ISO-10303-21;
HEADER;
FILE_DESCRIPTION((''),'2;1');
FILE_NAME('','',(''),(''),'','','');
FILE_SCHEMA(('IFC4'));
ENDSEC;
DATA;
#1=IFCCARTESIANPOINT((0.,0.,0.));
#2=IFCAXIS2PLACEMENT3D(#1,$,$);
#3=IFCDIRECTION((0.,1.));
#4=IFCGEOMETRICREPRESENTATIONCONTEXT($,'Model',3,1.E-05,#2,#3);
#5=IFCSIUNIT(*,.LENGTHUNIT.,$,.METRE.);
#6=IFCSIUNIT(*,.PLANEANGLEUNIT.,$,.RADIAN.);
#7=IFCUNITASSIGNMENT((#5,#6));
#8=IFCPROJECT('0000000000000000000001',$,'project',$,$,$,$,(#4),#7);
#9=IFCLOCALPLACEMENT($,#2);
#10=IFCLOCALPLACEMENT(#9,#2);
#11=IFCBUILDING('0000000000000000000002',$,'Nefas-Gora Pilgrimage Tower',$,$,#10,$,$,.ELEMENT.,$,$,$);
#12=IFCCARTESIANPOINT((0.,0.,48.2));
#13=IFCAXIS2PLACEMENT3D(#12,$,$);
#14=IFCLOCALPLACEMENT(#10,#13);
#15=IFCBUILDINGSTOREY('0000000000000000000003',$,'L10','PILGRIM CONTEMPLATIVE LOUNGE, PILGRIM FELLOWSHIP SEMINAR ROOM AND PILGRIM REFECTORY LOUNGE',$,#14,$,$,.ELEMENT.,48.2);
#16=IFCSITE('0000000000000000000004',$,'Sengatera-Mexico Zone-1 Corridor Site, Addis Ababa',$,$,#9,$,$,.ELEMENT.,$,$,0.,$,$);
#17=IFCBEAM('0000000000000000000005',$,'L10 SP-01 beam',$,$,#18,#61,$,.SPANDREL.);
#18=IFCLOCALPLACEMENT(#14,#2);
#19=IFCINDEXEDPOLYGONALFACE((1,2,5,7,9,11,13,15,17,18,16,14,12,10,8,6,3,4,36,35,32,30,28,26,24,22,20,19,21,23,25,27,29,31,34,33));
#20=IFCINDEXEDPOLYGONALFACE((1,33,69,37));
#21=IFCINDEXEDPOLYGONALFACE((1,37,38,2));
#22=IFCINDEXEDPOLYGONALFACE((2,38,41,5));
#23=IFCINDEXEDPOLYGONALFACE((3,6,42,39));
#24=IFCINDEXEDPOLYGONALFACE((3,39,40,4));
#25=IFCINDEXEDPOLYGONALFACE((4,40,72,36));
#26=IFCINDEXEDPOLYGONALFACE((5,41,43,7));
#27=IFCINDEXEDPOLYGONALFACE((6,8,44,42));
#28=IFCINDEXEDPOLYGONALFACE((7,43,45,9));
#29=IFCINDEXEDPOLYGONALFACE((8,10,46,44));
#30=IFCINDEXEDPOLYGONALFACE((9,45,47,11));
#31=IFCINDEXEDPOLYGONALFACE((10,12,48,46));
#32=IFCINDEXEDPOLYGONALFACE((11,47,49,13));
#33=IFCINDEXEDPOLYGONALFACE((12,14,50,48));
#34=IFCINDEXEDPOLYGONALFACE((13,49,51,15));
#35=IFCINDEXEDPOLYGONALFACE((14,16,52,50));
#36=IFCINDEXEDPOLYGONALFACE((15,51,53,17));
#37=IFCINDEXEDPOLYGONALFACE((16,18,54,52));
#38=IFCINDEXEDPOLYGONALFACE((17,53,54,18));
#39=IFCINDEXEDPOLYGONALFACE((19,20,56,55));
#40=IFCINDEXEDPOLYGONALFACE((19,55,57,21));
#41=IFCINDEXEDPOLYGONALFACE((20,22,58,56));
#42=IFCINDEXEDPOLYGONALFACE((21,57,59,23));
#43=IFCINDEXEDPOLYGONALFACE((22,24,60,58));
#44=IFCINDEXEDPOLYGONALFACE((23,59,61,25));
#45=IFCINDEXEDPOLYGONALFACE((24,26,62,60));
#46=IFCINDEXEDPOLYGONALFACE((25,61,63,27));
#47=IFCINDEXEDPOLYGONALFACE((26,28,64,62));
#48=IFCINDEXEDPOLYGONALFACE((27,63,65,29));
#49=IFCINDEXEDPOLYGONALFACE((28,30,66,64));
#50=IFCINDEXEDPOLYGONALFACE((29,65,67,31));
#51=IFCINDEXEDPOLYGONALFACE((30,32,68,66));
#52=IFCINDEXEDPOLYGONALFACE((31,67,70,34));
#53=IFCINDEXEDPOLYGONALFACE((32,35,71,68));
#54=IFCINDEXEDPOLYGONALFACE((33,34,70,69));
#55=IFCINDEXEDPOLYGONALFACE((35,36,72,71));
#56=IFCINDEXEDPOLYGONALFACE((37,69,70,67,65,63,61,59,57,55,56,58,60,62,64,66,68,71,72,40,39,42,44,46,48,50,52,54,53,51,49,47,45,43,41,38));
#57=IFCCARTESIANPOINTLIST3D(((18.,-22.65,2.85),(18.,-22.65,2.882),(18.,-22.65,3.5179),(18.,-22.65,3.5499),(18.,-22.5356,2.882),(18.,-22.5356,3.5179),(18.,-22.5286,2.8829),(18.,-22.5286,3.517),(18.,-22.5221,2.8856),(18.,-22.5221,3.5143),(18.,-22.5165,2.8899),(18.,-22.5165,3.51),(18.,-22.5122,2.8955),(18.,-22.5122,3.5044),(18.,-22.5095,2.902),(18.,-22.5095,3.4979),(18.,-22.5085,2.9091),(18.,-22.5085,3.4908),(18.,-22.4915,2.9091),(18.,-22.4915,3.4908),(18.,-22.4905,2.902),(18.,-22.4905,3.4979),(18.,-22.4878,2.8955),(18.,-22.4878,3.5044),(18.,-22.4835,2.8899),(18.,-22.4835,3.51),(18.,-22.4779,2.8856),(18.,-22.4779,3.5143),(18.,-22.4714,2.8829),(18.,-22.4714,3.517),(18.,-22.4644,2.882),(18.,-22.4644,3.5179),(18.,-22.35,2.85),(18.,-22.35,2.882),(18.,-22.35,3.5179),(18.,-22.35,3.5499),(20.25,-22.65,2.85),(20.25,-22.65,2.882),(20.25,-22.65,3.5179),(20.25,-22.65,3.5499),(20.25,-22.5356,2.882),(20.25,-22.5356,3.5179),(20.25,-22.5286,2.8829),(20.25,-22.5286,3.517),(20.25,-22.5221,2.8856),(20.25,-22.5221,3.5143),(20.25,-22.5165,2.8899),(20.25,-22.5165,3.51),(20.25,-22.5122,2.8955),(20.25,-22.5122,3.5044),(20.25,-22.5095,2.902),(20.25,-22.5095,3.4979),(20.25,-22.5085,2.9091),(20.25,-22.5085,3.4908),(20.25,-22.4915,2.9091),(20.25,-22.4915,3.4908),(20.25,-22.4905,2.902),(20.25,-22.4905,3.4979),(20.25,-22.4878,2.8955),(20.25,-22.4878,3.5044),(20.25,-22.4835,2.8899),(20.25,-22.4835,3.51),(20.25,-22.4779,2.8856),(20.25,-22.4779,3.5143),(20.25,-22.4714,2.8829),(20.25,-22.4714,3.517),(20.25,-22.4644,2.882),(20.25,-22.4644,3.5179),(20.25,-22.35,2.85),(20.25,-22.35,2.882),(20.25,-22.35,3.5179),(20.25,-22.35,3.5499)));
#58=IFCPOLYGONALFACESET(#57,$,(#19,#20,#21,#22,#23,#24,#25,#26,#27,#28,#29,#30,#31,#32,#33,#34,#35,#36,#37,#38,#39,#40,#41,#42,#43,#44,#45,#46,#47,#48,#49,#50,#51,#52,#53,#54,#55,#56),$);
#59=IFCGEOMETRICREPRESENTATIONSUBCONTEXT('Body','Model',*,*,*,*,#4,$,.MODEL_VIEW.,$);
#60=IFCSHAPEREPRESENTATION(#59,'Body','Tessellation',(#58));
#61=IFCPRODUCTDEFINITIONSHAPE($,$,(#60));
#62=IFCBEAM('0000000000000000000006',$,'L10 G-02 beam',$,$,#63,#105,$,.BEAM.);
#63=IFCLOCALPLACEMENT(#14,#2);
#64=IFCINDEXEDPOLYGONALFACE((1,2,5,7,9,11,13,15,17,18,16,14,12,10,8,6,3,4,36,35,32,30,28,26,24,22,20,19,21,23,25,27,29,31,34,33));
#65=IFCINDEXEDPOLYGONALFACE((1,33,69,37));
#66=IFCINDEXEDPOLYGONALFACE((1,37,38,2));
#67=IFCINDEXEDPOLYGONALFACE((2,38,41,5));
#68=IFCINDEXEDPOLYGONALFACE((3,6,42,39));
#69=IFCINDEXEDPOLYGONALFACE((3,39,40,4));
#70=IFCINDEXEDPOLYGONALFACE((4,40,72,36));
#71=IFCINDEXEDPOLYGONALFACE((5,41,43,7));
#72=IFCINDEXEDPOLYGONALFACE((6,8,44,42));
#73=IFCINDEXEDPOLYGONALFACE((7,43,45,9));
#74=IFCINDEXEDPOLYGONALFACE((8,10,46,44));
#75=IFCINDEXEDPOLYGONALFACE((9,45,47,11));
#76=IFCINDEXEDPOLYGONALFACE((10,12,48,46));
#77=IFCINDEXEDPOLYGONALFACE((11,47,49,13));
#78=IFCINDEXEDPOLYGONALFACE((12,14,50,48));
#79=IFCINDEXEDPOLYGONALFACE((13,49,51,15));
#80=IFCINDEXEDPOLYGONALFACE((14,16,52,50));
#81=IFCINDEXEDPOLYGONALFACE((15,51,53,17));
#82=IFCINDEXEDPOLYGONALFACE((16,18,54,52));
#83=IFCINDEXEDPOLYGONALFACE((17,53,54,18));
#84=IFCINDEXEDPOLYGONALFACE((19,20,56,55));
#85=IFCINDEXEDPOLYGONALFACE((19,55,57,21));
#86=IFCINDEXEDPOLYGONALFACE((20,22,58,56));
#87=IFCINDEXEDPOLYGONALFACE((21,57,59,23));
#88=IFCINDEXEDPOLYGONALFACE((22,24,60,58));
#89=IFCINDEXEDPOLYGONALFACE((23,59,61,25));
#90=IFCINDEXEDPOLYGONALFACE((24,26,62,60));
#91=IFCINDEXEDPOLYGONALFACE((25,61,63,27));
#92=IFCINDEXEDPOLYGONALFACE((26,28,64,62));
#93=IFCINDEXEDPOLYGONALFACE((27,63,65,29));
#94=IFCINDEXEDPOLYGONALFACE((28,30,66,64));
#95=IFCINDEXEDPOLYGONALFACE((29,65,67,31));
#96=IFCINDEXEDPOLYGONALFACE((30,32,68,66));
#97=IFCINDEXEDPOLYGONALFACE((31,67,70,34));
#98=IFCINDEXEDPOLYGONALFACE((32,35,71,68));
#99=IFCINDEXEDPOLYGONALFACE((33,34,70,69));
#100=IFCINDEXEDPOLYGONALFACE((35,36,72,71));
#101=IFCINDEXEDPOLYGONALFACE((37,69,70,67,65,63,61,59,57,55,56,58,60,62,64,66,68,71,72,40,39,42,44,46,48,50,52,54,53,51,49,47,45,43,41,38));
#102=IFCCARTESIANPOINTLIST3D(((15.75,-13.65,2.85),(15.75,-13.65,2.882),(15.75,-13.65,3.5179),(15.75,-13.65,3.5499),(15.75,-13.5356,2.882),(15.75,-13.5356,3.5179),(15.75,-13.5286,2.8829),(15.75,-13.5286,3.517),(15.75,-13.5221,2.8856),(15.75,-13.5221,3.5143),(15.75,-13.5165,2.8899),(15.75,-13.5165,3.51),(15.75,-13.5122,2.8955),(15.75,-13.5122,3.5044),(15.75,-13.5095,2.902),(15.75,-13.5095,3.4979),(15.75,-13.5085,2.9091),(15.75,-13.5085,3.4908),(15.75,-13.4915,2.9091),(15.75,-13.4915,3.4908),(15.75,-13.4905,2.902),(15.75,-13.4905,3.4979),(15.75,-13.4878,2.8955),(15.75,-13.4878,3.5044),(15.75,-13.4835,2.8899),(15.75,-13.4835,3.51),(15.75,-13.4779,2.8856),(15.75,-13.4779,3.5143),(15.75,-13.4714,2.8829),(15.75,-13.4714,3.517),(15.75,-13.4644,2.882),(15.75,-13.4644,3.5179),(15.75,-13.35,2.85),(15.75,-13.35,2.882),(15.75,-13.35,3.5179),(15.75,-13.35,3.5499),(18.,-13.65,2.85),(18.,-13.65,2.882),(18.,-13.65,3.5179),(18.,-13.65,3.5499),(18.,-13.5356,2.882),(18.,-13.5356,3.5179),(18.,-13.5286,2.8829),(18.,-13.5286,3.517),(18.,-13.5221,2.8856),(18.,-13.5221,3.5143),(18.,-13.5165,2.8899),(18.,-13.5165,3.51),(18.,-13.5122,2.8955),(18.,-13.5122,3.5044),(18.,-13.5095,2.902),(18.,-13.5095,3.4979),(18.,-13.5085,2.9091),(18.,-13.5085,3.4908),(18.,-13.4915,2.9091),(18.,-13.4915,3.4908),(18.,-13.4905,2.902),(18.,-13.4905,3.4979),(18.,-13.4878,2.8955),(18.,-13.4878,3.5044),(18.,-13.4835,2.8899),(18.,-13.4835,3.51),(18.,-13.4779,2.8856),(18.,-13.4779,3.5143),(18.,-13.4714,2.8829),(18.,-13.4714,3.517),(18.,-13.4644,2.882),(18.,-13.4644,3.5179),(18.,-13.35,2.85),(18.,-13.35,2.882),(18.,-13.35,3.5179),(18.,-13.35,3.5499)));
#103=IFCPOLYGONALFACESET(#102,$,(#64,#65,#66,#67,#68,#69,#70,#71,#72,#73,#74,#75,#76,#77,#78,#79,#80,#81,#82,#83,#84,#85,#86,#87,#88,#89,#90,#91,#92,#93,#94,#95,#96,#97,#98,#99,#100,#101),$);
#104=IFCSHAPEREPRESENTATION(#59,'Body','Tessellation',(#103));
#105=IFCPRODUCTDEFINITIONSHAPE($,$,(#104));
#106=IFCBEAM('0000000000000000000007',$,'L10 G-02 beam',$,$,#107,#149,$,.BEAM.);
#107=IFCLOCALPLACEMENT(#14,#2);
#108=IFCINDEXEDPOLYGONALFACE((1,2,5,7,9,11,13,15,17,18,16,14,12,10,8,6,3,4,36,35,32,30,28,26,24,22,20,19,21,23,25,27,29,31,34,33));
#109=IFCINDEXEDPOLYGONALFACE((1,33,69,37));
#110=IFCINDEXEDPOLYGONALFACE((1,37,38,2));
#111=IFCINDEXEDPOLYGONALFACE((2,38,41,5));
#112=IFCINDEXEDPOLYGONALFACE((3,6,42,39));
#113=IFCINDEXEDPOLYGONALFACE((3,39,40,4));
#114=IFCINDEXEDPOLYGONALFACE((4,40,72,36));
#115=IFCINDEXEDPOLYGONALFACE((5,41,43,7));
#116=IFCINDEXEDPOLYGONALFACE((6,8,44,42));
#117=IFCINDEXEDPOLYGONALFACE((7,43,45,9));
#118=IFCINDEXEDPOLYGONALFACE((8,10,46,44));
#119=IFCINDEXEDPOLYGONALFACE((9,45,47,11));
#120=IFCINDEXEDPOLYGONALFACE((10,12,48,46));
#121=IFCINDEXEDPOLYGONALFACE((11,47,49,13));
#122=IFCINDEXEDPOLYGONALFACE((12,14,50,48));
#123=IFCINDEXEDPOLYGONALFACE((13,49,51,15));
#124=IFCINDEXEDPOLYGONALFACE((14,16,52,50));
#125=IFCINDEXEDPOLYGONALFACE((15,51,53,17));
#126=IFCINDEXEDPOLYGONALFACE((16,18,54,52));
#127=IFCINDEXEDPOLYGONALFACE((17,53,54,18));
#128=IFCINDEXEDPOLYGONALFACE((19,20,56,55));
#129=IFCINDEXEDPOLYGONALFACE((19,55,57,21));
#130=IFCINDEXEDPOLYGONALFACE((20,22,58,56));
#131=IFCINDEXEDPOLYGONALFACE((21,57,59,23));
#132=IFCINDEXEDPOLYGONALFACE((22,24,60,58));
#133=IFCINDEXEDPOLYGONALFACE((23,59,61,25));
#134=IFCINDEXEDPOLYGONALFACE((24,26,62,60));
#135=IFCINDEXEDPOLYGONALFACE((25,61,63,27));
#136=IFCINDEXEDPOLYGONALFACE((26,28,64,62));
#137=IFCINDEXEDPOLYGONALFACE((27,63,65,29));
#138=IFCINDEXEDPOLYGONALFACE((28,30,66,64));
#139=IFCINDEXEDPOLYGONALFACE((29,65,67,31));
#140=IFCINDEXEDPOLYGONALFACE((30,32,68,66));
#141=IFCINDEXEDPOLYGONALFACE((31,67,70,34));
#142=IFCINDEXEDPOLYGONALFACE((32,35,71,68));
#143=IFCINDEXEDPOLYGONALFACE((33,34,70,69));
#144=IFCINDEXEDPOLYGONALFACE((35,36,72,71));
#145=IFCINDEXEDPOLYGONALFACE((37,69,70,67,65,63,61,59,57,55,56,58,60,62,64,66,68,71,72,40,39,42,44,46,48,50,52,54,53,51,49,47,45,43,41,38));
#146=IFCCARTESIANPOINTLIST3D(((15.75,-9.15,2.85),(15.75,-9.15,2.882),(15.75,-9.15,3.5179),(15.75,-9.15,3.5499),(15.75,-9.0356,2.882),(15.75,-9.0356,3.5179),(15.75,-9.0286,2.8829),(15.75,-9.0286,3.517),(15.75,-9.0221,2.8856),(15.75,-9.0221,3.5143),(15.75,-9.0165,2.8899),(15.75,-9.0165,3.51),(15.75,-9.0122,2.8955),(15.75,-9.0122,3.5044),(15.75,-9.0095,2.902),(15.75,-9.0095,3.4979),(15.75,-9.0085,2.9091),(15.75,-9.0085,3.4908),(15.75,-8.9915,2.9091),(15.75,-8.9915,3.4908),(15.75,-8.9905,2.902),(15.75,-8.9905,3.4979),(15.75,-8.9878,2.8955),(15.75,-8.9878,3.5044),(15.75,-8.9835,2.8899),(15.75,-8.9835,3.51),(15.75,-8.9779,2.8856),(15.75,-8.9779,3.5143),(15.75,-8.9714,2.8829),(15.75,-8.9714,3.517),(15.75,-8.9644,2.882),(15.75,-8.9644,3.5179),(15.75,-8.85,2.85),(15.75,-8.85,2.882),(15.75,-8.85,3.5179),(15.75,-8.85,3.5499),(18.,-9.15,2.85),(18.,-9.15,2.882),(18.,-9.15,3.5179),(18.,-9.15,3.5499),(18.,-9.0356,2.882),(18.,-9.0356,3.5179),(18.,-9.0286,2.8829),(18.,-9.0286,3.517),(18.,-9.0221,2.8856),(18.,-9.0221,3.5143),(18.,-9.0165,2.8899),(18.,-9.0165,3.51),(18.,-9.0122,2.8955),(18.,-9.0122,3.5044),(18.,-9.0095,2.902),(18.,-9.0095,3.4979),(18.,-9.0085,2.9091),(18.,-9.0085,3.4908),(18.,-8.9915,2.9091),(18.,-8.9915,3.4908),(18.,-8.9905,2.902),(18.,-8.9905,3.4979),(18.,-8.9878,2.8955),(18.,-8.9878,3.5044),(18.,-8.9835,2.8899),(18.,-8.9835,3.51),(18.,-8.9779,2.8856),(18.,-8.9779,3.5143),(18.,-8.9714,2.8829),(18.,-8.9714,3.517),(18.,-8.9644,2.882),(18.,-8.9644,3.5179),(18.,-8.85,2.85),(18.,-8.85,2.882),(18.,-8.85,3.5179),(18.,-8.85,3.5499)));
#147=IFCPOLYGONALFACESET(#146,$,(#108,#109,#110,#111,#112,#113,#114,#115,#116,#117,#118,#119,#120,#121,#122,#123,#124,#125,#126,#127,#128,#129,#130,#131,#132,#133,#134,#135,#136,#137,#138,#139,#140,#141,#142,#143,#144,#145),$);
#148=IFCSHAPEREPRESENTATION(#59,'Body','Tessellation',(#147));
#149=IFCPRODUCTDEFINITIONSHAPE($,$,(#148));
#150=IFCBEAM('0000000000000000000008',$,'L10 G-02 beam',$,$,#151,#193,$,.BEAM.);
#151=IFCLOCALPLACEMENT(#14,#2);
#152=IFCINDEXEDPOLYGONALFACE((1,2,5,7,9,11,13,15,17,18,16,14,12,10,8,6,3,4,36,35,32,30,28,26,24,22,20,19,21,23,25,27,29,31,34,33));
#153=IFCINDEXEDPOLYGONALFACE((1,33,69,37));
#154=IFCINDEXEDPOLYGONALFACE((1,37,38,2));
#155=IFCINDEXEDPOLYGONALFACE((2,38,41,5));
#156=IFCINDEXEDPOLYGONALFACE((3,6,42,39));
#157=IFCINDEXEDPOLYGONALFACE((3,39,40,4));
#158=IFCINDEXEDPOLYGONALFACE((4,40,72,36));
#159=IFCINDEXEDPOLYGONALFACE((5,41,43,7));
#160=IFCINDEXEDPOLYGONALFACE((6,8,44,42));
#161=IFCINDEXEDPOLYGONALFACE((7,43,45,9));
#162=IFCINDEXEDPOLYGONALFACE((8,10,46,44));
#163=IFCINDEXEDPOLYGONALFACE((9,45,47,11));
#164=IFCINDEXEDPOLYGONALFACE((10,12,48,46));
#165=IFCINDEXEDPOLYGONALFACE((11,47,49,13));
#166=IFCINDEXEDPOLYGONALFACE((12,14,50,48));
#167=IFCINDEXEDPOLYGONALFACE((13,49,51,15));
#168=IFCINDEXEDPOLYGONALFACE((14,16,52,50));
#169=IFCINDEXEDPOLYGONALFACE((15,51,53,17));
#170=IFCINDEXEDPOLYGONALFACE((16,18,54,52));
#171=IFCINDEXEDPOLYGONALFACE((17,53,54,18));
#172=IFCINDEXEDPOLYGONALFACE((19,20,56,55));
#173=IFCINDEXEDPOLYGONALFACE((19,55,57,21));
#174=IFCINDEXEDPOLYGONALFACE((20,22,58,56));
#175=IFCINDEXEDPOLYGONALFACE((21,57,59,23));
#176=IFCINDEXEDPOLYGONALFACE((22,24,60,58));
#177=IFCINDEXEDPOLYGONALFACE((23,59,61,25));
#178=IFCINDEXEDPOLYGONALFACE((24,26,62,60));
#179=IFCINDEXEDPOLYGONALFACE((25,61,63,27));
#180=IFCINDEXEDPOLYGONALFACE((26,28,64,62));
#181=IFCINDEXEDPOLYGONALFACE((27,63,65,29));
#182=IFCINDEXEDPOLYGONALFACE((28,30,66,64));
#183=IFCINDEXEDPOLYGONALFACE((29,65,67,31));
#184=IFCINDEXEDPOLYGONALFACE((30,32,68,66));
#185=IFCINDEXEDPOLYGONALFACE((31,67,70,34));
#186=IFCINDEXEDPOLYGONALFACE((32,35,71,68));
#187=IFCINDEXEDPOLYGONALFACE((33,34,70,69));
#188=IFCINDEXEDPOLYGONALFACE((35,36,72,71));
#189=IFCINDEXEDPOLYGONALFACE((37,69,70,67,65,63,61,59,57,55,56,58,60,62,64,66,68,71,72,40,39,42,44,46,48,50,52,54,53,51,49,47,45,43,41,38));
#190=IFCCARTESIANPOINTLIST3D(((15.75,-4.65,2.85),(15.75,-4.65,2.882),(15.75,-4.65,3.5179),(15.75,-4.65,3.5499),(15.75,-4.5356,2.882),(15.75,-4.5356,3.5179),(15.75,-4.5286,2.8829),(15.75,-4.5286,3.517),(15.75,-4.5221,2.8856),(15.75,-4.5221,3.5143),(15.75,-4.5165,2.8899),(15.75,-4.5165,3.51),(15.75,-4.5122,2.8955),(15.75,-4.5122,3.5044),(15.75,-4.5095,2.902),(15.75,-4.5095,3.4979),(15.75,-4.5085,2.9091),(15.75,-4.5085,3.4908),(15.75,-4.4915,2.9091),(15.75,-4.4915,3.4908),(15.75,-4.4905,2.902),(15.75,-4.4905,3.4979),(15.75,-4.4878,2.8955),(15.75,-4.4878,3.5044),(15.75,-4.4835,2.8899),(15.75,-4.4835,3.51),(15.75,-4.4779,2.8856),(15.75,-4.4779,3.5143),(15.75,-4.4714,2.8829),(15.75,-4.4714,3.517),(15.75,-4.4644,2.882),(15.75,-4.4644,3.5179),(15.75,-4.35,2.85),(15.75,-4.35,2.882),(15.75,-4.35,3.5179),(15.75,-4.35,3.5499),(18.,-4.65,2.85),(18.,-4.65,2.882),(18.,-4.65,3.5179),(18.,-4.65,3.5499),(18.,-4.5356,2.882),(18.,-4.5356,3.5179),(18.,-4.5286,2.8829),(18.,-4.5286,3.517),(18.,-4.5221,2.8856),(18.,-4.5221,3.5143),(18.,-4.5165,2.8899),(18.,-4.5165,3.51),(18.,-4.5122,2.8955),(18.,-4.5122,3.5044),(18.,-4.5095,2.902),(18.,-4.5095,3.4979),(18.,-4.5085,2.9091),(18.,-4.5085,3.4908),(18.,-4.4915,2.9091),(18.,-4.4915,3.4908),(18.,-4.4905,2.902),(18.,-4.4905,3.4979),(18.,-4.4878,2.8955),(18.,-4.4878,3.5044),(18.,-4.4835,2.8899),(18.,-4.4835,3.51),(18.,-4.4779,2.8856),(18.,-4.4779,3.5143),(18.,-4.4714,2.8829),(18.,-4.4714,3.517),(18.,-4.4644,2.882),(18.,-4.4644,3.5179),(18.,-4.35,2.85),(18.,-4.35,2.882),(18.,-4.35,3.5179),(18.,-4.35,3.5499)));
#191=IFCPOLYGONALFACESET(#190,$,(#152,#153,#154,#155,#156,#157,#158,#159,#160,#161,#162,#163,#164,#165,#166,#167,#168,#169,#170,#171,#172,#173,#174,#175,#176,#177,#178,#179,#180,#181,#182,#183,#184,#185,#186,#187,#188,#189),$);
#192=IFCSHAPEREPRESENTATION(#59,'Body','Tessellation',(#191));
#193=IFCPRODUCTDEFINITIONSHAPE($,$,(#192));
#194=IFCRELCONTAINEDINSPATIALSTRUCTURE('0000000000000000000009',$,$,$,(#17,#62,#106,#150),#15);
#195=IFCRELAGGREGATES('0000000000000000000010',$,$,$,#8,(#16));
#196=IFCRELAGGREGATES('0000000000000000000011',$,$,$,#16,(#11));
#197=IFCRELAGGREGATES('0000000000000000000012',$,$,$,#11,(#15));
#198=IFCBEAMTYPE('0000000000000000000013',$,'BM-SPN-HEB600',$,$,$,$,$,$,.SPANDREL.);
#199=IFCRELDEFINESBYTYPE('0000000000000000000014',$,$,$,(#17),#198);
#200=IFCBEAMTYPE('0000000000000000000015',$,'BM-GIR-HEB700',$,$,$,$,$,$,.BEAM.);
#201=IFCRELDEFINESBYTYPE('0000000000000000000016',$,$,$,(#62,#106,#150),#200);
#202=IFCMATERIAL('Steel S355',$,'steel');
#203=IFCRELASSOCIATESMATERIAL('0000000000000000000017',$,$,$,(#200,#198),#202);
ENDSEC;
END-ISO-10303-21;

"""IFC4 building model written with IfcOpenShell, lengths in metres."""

from ifc_helpers import new_model, si_unit, direction, frame, origin, origin_2d, place, context, subcontext, project, spatial, i_section, extrude, source, transform, mapped, material, material_profile, profile_set, type_object, element, save


model = new_model("IFC4")

# Units and contexts
model_context = context("Model", 3, precision=1e-05, world=origin(), true_north=direction((0.0, 1.0)))
body_context = subcontext(model_context, "Body", "Model", "MODEL_VIEW")
ifc_project = project(units=[si_unit("LENGTHUNIT", "METRE"), si_unit("PLANEANGLEUNIT", "RADIAN")], contexts=[model_context])

# Site, building, storey
site_placement = place(None, origin())
site = spatial("IfcSite", under=ifc_project, at=site_placement, Name="Sengatera-Mexico Zone-1 Corridor Site, Addis Ababa", CompositionType="ELEMENT", RefElevation=0.0)
building_placement = place(site_placement, origin())
building = spatial("IfcBuilding", under=site, at=building_placement, Name="Nefas-Gora Pilgrimage Tower", CompositionType="ELEMENT")
storey_placement = place(building_placement, frame((0.0, 0.0, 48.2)))
storey = spatial("IfcBuildingStorey", under=building, at=storey_placement, Name="L10", Description="PILGRIM CONTEMPLATIVE LOUNGE, PILGRIM FELLOWSHIP SEMINAR ROOM AND PILGRIM REFECTORY LOUNGE", CompositionType="ELEMENT", Elevation=48.2)

# Beams
ifc_material_1 = material(Name="Steel S355", Category="steel")
ifc_material_profile_1 = material_profile(ifc_material_1, i_section(OverallWidth=0.3, OverallDepth=0.7, WebThickness=0.0171, FlangeThickness=0.032, FilletRadius=0.0271, at=origin_2d()), Name="HEB 700")
ifc_profile_set_1 = profile_set([ifc_material_profile_1], Name="Steel S355")
beam_type_1 = type_object("IfcBeamType", Name="BM-GIR-HEB700", PredefinedType="BEAM", material=ifc_profile_set_1)
ifc_material_profile_2 = material_profile(ifc_material_1, i_section(OverallWidth=0.3, OverallDepth=0.7, WebThickness=0.0171, FlangeThickness=0.032, FilletRadius=0.0271, at=origin_2d()), Name="HEB 700")
ifc_profile_set_2 = profile_set([ifc_material_profile_2], Name="Steel S355")
beam_type_2 = type_object("IfcBeamType", Name="BM-SPN-HEB600", PredefinedType="SPANDREL", material=ifc_profile_set_2)
shared_shape_1 = source(origin(), body_context, "Body", "SweptSolid", [
    extrude(i_section(OverallWidth=0.3, OverallDepth=0.7, WebThickness=0.0171, FlangeThickness=0.032, FilletRadius=0.0271, at=origin_2d()), origin(), (0.0, 0.0, 1.0), 2.25),
])
for number, where, z_axis, x_axis, name in (
    (1, (18.0, -22.5, 3.2), (1.0, 0.0, 0.0), (0.0, 1.0, 0.0), "L10 SP-01 beam"),
):
    element("IfcBeam", number, at=place(storey_placement, frame(where, z_axis=z_axis, x_axis=x_axis)), inside=storey, type_object=beam_type_2, Name=name, PredefinedType="SPANDREL", context=body_context, shape_type="MappedRepresentation", body=[
        mapped(shared_shape_1, transform((0.0, 0.0, 0.0), x_axis=(1.0, 0.0, 0.0), y_axis=(0.0, 1.0, 0.0), z_axis=(0.0, 0.0, 1.0), scale=1.0)),
    ])
shared_shape_2 = source(origin(), body_context, "Body", "SweptSolid", [
    extrude(i_section(OverallWidth=0.3, OverallDepth=0.7, WebThickness=0.0171, FlangeThickness=0.032, FilletRadius=0.0271, at=origin_2d()), origin(), (0.0, 0.0, 1.0), 2.25),
])
for number, where, z_axis, x_axis, name in (
    (2, (15.75, -13.5, 3.2), (1.0, 0.0, 0.0), (0.0, 1.0, 0.0), "L10 G-02 beam"),
    (3, (15.75, -9.0, 3.2), (1.0, 0.0, 0.0), (0.0, 1.0, 0.0), "L10 G-02 beam"),
    (4, (15.75, -4.5, 3.2), (1.0, 0.0, 0.0), (0.0, 1.0, 0.0), "L10 G-02 beam"),
):
    element("IfcBeam", number, at=place(storey_placement, frame(where, z_axis=z_axis, x_axis=x_axis)), inside=storey, type_object=beam_type_1, Name=name, PredefinedType="BEAM", context=body_context, shape_type="MappedRepresentation", body=[
        mapped(shared_shape_2, transform((0.0, 0.0, 0.0), x_axis=(1.0, 0.0, 0.0), y_axis=(0.0, 1.0, 0.0), z_axis=(0.0, 0.0, 1.0), scale=1.0)),
    ])

save(model, "model.ifc")
